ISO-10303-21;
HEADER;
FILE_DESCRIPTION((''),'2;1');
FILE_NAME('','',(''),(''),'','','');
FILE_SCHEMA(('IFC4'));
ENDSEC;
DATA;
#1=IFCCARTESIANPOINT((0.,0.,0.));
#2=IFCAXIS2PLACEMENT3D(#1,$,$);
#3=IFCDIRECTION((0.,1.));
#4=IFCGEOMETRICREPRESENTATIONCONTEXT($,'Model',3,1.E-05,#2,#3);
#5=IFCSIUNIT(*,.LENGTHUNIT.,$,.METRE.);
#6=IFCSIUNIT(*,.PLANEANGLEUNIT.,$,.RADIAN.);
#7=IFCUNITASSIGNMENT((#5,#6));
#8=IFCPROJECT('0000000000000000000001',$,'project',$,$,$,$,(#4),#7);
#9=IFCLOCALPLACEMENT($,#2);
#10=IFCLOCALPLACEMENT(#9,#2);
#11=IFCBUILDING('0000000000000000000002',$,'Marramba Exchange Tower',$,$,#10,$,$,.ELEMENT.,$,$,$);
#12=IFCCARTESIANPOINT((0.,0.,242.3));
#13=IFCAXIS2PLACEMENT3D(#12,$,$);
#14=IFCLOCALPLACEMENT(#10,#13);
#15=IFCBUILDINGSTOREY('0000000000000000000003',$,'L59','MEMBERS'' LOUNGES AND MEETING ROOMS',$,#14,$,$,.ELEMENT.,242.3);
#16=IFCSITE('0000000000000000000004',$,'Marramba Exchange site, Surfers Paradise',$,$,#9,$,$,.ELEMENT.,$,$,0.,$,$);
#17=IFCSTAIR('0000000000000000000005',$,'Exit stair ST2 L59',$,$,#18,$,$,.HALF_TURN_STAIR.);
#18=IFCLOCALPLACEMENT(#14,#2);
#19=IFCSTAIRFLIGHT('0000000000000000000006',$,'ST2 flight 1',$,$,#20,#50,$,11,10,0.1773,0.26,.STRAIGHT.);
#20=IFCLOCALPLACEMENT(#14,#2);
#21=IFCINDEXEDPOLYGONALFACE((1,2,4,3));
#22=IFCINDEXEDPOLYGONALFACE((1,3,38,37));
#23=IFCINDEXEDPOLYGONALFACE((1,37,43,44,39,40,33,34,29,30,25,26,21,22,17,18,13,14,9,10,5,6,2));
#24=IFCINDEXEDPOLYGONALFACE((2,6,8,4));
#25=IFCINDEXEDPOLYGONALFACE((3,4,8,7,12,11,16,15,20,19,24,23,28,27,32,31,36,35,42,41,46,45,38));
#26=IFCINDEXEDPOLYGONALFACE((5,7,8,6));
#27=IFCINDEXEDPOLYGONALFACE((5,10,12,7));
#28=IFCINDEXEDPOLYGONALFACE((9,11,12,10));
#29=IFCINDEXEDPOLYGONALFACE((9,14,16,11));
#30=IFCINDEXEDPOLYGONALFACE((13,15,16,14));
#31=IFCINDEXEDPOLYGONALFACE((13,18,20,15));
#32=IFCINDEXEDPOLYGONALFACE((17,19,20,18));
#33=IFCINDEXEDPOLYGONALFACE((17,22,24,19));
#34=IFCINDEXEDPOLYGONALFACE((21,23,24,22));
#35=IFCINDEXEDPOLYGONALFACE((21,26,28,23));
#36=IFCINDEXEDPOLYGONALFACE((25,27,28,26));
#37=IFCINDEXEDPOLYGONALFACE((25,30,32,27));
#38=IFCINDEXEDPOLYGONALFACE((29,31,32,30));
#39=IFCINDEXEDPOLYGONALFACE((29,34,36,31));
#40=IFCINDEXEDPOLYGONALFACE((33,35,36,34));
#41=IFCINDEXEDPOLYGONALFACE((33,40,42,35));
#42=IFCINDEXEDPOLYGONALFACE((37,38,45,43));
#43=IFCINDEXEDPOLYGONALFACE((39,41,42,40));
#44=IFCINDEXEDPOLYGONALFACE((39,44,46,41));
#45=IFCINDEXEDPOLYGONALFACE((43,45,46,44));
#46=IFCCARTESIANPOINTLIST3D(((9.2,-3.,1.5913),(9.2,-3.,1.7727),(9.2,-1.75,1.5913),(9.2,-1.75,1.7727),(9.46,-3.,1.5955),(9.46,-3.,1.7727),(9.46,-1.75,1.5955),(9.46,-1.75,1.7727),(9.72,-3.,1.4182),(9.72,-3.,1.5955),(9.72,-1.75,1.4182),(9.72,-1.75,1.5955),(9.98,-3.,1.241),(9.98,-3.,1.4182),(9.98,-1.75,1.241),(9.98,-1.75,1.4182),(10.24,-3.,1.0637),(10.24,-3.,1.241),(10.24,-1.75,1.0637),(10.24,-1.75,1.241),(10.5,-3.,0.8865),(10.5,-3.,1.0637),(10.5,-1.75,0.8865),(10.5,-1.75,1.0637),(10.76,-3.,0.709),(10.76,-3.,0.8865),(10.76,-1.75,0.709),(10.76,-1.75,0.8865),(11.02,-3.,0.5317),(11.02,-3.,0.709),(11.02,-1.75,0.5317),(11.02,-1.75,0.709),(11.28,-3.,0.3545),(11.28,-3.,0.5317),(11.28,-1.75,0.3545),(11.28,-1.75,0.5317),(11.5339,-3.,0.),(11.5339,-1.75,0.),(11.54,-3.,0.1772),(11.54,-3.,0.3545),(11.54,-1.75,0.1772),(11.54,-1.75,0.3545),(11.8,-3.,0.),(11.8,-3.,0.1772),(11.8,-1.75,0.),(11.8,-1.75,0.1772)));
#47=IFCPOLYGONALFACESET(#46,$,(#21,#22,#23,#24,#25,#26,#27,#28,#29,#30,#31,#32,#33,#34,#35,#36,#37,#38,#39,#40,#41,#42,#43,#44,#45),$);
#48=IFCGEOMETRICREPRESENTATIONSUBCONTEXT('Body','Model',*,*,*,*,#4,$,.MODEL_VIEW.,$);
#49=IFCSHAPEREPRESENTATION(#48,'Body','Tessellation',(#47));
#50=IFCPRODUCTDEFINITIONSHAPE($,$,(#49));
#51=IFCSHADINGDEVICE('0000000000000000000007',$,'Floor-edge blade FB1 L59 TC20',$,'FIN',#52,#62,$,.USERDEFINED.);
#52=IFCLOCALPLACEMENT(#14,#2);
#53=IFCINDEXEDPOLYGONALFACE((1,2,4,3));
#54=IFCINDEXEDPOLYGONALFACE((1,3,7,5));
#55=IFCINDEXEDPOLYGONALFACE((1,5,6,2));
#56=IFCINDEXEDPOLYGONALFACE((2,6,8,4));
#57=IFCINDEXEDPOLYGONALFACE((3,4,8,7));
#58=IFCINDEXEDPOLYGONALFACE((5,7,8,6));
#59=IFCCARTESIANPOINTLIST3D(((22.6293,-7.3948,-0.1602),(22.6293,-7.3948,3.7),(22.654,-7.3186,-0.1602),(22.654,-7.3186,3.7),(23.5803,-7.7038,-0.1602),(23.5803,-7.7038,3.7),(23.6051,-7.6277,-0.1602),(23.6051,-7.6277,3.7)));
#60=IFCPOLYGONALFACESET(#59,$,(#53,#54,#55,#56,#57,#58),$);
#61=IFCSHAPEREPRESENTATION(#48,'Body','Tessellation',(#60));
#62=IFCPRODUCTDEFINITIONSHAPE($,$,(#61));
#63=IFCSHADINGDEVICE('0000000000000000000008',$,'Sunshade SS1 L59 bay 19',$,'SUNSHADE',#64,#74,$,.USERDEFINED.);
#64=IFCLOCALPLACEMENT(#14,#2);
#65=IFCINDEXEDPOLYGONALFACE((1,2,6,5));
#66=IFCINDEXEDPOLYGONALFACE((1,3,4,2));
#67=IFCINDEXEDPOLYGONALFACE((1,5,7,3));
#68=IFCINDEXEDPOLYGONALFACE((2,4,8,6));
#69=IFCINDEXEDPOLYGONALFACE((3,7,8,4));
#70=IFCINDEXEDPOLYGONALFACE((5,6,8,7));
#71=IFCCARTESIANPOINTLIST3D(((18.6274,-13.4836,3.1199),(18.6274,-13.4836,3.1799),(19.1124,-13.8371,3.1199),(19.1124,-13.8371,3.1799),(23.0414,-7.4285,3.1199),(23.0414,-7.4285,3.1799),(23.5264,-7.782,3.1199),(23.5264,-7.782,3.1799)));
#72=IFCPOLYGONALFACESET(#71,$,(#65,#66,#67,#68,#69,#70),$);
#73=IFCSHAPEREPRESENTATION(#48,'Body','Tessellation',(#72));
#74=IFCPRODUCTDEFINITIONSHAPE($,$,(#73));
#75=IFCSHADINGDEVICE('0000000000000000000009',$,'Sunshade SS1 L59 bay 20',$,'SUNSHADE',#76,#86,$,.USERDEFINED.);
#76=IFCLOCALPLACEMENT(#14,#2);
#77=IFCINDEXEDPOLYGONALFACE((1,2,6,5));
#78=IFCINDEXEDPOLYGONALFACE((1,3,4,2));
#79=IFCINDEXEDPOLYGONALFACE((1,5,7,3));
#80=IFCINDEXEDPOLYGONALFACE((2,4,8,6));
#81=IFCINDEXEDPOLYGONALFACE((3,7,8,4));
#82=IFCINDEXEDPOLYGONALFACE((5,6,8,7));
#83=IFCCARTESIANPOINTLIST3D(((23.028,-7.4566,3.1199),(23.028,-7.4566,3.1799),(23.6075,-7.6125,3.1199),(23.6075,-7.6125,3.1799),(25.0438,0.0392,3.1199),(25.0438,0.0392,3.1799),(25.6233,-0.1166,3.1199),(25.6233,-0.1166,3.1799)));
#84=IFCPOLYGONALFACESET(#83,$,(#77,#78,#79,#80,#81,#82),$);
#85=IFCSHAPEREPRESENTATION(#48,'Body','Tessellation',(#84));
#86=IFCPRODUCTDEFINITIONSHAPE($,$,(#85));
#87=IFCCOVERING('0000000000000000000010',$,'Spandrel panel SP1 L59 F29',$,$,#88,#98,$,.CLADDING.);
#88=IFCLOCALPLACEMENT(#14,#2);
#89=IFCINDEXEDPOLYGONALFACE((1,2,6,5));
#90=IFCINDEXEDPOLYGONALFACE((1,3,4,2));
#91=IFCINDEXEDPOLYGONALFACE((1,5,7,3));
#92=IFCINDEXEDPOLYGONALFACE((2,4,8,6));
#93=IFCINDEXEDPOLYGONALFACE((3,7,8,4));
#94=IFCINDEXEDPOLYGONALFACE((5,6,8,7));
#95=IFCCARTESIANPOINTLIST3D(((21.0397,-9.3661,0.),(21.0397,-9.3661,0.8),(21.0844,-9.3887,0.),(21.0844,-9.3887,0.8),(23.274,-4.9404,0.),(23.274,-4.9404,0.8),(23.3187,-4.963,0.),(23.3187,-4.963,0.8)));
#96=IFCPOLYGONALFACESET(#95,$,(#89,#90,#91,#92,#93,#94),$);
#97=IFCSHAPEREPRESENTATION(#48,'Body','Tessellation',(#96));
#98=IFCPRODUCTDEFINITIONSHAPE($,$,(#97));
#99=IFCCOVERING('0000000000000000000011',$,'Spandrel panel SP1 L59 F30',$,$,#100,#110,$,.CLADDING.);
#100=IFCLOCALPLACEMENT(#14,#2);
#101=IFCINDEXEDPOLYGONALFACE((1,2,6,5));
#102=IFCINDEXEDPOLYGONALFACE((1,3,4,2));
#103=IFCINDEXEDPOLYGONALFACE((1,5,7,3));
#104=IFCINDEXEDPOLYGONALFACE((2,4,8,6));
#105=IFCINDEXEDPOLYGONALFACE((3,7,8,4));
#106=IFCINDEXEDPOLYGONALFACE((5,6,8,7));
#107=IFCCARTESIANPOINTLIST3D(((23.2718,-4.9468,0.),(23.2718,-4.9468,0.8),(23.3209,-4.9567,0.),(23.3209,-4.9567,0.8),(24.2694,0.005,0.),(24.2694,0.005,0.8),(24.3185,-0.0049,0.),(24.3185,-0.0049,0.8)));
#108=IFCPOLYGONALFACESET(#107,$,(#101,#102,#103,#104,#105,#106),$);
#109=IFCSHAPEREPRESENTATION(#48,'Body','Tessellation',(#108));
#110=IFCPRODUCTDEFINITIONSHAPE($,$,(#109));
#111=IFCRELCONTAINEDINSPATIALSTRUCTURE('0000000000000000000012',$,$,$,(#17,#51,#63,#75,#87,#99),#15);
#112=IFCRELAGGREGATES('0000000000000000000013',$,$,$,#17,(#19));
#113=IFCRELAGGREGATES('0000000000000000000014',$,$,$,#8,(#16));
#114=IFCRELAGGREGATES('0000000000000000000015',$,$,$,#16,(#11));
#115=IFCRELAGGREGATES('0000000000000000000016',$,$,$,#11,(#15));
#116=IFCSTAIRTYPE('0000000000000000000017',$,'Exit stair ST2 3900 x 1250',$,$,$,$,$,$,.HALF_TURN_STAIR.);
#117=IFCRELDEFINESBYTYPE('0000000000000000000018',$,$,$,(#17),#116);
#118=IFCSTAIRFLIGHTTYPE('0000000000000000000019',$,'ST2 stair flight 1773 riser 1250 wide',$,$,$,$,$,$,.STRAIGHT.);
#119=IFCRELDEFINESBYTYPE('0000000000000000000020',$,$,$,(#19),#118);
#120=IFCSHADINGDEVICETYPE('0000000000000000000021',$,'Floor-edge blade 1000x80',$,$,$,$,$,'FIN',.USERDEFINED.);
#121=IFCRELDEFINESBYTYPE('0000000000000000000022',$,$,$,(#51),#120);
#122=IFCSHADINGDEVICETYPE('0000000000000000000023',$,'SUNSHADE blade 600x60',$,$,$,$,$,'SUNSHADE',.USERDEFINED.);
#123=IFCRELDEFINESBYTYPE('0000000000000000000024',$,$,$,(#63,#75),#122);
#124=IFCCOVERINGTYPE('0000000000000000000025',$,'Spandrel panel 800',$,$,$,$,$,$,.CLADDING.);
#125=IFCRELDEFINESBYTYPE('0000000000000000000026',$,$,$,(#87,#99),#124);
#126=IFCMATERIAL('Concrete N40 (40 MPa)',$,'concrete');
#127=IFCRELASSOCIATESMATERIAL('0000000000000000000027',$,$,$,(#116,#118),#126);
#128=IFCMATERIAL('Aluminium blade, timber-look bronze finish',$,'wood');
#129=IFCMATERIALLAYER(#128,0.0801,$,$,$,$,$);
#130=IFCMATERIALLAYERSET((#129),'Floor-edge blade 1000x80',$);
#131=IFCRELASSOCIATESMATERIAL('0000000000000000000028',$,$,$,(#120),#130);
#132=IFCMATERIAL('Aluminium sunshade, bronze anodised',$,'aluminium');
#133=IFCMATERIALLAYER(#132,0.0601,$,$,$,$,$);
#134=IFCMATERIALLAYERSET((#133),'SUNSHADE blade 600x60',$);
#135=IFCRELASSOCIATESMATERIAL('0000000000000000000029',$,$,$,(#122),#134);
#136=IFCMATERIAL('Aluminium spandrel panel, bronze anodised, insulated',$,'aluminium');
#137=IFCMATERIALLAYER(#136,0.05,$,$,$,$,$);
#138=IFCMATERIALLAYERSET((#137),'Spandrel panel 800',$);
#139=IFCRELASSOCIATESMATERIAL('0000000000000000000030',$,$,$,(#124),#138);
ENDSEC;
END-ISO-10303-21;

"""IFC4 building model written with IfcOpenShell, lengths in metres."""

from ifc_helpers import new_model, si_unit, direction, frame, origin, origin_2d, place, context, subcontext, project, spatial, polyline, rectangle, outline, extrude, material, layer, layer_set, type_object, element, aggregate, save


model = new_model("IFC4")

# Units and contexts
model_context = context("Model", 3, precision=1e-05, world=origin(), true_north=direction((0.0, 1.0)))
body_context = subcontext(model_context, "Body", "Model", "MODEL_VIEW")
ifc_project = project(units=[si_unit("LENGTHUNIT", "METRE"), si_unit("PLANEANGLEUNIT", "RADIAN")], contexts=[model_context])

# Site, building, storey
site_placement = place(None, origin())
site = spatial("IfcSite", under=ifc_project, at=site_placement, Name="Marramba Exchange site, Surfers Paradise", CompositionType="ELEMENT", RefElevation=0.0)
building_placement = place(site_placement, origin())
building = spatial("IfcBuilding", under=site, at=building_placement, Name="Marramba Exchange Tower", CompositionType="ELEMENT")
storey_placement = place(building_placement, frame((0.0, 0.0, 242.3)))
storey = spatial("IfcBuildingStorey", under=building, at=storey_placement, Name="L59", Description="MEMBERS' LOUNGES AND MEETING ROOMS", CompositionType="ELEMENT", Elevation=242.3)

# Stair, stair flight
ifc_material_1 = material(Name="Concrete N40 (40 MPa)", Category="concrete")
stair_type = type_object("IfcStairType", Name="Exit stair ST2 3900 x 1250", PredefinedType="HALF_TURN_STAIR", material=ifc_material_1)
stair_placement = place(storey_placement, origin())
stair = element("IfcStair", 1, at=stair_placement, inside=storey, type_object=stair_type, Name="Exit stair ST2 L59", PredefinedType="HALF_TURN_STAIR")
stair_flight_type = type_object("IfcStairFlightType", Name="ST2 stair flight 1773 riser 1250 wide", PredefinedType="STRAIGHT", material=ifc_material_1)
stair_flight_placement = place(storey_placement, frame((11.8, -2.375, 0.0), z_axis=(0.0, 0.0, 1.0), x_axis=(-1.0, 0.0, 0.0)))
stair_flight = element("IfcStairFlight", 2, at=stair_flight_placement, type_object=stair_flight_type, Name="ST2 flight 1", NumberOfRisers=11, NumberOfTreads=10, PredefinedType="STRAIGHT", RiserHeight=0.1773, TreadLength=0.26, context=body_context, shape_type="SweptSolid", body=[
    extrude(outline(polyline([(0.0, 0.0), (0.0, 0.1772), (0.26, 0.1772), (0.26, 0.3545), (0.52, 0.3545), (0.52, 0.5317), (0.78, 0.5317), (0.78, 0.709), (1.04, 0.709), (1.04, 0.8865), (1.3, 0.8865), (1.3, 1.0637), (1.5601, 1.0637), (1.5601, 1.241), (1.8201, 1.241), (1.8201, 1.4182), (2.0801, 1.4182), (2.0801, 1.5955), (2.3401, 1.5955), (2.3401, 1.7727), (2.6001, 1.7727), (2.6001, 1.95), (2.6001, 1.5913), (0.2661, 0.0), (0.0, 0.0)])), frame((0.0, 0.625, 0.0), z_axis=(0.0, -1.0, 0.0), x_axis=(1.0, 0.0, 0.0)), (0.0, 0.0, 1.0), 1.25),
])
aggregate(stair, [stair_flight])

# Shading devices
ifc_material_2 = material(Name="Aluminium blade, timber-look bronze finish", Category="wood")
ifc_layer_1 = layer(ifc_material_2, 0.0801)
ifc_layer_set_1 = layer_set([ifc_layer_1], Name="Floor-edge blade 1000x80")
shading_device_type_1 = type_object("IfcShadingDeviceType", Name="Floor-edge blade 1000x80", ElementType="FIN", PredefinedType="USERDEFINED", material=ifc_layer_set_1)
shading_device_1_placement = place(storey_placement, frame((23.1172, -7.5112, -0.1602), z_axis=(0.0, 0.0, 1.0), x_axis=(0.951057, -0.309017, 0.0)))
element("IfcShadingDevice", 3, at=shading_device_1_placement, inside=storey, type_object=shading_device_type_1, Name="Floor-edge blade FB1 L59 TC20", ObjectType="FIN", PredefinedType="USERDEFINED", context=body_context, shape_type="SweptSolid", body=[
    extrude(rectangle(XDim=1.0, YDim=0.0801, at=origin_2d()), origin(), (0.0, 0.0, 1.0), 3.8601),
])
ifc_material_3 = material(Name="Aluminium sunshade, bronze anodised", Category="aluminium")
ifc_layer_2 = layer(ifc_material_3, 0.0601)
ifc_layer_set_2 = layer_set([ifc_layer_2], Name="SUNSHADE blade 600x60")
shading_device_type_2 = type_object("IfcShadingDeviceType", Name="SUNSHADE blade 600x60", ElementType="SUNSHADE", PredefinedType="USERDEFINED", material=ifc_layer_set_2)
shading_device_2_placement = place(storey_placement, frame((21.0769, -10.6328, 3.1199), z_axis=(0.0, 0.0, 1.0), x_axis=(0.589072, 0.808081, 0.0)))
element("IfcShadingDevice", 4, at=shading_device_2_placement, inside=storey, type_object=shading_device_type_2, Name="Sunshade SS1 L59 bay 19", ObjectType="SUNSHADE", PredefinedType="USERDEFINED", context=body_context, shape_type="SweptSolid", body=[
    extrude(rectangle(XDim=7.4932, YDim=0.6001, at=origin_2d()), origin(), (0.0, 0.0, 1.0), 0.0601),
])
shading_device_3_placement = place(storey_placement, frame((24.3257, -3.7866, 3.1199), z_axis=(0.0, 0.0, 1.0), x_axis=(0.259692, 0.965691, 0.0)))
element("IfcShadingDevice", 5, at=shading_device_3_placement, inside=storey, type_object=shading_device_type_2, Name="Sunshade SS1 L59 bay 20", ObjectType="SUNSHADE", PredefinedType="USERDEFINED", context=body_context, shape_type="SweptSolid", body=[
    extrude(rectangle(XDim=7.7622, YDim=0.6001, at=origin_2d()), origin(), (0.0, 0.0, 1.0), 0.0601),
])

# Coverings
ifc_material_4 = material(Name="Aluminium spandrel panel, bronze anodised, insulated", Category="aluminium")
ifc_layer_3 = layer(ifc_material_4, 0.05)
ifc_layer_set_3 = layer_set([ifc_layer_3], Name="Spandrel panel 800")
covering_type = type_object("IfcCoveringType", Name="Spandrel panel 800", PredefinedType="CLADDING", material=ifc_layer_set_3)
covering_1_placement = place(storey_placement, frame((22.1792, -7.1646, 0.0), z_axis=(0.0, 0.0, 1.0), x_axis=(0.450673, 0.892689, 0.0)))
element("IfcCovering", 6, at=covering_1_placement, inside=storey, type_object=covering_type, Name="Spandrel panel SP1 L59 F29", PredefinedType="CLADDING", context=body_context, shape_type="SweptSolid", body=[
    extrude(rectangle(XDim=4.9578, YDim=0.05, at=origin_2d()), origin(), (0.0, 0.0, 1.0), 0.8),
])
covering_2_placement = place(storey_placement, frame((23.7952, -2.4758, 0.0), z_axis=(0.0, 0.0, 1.0), x_axis=(0.197495, 0.980304, 0.0)))
element("IfcCovering", 7, at=covering_2_placement, inside=storey, type_object=covering_type, Name="Spandrel panel SP1 L59 F30", PredefinedType="CLADDING", context=body_context, shape_type="SweptSolid", body=[
    extrude(rectangle(XDim=5.0513, YDim=0.05, at=origin_2d()), origin(), (0.0, 0.0, 1.0), 0.8),
])

save(model, "model.ifc")
